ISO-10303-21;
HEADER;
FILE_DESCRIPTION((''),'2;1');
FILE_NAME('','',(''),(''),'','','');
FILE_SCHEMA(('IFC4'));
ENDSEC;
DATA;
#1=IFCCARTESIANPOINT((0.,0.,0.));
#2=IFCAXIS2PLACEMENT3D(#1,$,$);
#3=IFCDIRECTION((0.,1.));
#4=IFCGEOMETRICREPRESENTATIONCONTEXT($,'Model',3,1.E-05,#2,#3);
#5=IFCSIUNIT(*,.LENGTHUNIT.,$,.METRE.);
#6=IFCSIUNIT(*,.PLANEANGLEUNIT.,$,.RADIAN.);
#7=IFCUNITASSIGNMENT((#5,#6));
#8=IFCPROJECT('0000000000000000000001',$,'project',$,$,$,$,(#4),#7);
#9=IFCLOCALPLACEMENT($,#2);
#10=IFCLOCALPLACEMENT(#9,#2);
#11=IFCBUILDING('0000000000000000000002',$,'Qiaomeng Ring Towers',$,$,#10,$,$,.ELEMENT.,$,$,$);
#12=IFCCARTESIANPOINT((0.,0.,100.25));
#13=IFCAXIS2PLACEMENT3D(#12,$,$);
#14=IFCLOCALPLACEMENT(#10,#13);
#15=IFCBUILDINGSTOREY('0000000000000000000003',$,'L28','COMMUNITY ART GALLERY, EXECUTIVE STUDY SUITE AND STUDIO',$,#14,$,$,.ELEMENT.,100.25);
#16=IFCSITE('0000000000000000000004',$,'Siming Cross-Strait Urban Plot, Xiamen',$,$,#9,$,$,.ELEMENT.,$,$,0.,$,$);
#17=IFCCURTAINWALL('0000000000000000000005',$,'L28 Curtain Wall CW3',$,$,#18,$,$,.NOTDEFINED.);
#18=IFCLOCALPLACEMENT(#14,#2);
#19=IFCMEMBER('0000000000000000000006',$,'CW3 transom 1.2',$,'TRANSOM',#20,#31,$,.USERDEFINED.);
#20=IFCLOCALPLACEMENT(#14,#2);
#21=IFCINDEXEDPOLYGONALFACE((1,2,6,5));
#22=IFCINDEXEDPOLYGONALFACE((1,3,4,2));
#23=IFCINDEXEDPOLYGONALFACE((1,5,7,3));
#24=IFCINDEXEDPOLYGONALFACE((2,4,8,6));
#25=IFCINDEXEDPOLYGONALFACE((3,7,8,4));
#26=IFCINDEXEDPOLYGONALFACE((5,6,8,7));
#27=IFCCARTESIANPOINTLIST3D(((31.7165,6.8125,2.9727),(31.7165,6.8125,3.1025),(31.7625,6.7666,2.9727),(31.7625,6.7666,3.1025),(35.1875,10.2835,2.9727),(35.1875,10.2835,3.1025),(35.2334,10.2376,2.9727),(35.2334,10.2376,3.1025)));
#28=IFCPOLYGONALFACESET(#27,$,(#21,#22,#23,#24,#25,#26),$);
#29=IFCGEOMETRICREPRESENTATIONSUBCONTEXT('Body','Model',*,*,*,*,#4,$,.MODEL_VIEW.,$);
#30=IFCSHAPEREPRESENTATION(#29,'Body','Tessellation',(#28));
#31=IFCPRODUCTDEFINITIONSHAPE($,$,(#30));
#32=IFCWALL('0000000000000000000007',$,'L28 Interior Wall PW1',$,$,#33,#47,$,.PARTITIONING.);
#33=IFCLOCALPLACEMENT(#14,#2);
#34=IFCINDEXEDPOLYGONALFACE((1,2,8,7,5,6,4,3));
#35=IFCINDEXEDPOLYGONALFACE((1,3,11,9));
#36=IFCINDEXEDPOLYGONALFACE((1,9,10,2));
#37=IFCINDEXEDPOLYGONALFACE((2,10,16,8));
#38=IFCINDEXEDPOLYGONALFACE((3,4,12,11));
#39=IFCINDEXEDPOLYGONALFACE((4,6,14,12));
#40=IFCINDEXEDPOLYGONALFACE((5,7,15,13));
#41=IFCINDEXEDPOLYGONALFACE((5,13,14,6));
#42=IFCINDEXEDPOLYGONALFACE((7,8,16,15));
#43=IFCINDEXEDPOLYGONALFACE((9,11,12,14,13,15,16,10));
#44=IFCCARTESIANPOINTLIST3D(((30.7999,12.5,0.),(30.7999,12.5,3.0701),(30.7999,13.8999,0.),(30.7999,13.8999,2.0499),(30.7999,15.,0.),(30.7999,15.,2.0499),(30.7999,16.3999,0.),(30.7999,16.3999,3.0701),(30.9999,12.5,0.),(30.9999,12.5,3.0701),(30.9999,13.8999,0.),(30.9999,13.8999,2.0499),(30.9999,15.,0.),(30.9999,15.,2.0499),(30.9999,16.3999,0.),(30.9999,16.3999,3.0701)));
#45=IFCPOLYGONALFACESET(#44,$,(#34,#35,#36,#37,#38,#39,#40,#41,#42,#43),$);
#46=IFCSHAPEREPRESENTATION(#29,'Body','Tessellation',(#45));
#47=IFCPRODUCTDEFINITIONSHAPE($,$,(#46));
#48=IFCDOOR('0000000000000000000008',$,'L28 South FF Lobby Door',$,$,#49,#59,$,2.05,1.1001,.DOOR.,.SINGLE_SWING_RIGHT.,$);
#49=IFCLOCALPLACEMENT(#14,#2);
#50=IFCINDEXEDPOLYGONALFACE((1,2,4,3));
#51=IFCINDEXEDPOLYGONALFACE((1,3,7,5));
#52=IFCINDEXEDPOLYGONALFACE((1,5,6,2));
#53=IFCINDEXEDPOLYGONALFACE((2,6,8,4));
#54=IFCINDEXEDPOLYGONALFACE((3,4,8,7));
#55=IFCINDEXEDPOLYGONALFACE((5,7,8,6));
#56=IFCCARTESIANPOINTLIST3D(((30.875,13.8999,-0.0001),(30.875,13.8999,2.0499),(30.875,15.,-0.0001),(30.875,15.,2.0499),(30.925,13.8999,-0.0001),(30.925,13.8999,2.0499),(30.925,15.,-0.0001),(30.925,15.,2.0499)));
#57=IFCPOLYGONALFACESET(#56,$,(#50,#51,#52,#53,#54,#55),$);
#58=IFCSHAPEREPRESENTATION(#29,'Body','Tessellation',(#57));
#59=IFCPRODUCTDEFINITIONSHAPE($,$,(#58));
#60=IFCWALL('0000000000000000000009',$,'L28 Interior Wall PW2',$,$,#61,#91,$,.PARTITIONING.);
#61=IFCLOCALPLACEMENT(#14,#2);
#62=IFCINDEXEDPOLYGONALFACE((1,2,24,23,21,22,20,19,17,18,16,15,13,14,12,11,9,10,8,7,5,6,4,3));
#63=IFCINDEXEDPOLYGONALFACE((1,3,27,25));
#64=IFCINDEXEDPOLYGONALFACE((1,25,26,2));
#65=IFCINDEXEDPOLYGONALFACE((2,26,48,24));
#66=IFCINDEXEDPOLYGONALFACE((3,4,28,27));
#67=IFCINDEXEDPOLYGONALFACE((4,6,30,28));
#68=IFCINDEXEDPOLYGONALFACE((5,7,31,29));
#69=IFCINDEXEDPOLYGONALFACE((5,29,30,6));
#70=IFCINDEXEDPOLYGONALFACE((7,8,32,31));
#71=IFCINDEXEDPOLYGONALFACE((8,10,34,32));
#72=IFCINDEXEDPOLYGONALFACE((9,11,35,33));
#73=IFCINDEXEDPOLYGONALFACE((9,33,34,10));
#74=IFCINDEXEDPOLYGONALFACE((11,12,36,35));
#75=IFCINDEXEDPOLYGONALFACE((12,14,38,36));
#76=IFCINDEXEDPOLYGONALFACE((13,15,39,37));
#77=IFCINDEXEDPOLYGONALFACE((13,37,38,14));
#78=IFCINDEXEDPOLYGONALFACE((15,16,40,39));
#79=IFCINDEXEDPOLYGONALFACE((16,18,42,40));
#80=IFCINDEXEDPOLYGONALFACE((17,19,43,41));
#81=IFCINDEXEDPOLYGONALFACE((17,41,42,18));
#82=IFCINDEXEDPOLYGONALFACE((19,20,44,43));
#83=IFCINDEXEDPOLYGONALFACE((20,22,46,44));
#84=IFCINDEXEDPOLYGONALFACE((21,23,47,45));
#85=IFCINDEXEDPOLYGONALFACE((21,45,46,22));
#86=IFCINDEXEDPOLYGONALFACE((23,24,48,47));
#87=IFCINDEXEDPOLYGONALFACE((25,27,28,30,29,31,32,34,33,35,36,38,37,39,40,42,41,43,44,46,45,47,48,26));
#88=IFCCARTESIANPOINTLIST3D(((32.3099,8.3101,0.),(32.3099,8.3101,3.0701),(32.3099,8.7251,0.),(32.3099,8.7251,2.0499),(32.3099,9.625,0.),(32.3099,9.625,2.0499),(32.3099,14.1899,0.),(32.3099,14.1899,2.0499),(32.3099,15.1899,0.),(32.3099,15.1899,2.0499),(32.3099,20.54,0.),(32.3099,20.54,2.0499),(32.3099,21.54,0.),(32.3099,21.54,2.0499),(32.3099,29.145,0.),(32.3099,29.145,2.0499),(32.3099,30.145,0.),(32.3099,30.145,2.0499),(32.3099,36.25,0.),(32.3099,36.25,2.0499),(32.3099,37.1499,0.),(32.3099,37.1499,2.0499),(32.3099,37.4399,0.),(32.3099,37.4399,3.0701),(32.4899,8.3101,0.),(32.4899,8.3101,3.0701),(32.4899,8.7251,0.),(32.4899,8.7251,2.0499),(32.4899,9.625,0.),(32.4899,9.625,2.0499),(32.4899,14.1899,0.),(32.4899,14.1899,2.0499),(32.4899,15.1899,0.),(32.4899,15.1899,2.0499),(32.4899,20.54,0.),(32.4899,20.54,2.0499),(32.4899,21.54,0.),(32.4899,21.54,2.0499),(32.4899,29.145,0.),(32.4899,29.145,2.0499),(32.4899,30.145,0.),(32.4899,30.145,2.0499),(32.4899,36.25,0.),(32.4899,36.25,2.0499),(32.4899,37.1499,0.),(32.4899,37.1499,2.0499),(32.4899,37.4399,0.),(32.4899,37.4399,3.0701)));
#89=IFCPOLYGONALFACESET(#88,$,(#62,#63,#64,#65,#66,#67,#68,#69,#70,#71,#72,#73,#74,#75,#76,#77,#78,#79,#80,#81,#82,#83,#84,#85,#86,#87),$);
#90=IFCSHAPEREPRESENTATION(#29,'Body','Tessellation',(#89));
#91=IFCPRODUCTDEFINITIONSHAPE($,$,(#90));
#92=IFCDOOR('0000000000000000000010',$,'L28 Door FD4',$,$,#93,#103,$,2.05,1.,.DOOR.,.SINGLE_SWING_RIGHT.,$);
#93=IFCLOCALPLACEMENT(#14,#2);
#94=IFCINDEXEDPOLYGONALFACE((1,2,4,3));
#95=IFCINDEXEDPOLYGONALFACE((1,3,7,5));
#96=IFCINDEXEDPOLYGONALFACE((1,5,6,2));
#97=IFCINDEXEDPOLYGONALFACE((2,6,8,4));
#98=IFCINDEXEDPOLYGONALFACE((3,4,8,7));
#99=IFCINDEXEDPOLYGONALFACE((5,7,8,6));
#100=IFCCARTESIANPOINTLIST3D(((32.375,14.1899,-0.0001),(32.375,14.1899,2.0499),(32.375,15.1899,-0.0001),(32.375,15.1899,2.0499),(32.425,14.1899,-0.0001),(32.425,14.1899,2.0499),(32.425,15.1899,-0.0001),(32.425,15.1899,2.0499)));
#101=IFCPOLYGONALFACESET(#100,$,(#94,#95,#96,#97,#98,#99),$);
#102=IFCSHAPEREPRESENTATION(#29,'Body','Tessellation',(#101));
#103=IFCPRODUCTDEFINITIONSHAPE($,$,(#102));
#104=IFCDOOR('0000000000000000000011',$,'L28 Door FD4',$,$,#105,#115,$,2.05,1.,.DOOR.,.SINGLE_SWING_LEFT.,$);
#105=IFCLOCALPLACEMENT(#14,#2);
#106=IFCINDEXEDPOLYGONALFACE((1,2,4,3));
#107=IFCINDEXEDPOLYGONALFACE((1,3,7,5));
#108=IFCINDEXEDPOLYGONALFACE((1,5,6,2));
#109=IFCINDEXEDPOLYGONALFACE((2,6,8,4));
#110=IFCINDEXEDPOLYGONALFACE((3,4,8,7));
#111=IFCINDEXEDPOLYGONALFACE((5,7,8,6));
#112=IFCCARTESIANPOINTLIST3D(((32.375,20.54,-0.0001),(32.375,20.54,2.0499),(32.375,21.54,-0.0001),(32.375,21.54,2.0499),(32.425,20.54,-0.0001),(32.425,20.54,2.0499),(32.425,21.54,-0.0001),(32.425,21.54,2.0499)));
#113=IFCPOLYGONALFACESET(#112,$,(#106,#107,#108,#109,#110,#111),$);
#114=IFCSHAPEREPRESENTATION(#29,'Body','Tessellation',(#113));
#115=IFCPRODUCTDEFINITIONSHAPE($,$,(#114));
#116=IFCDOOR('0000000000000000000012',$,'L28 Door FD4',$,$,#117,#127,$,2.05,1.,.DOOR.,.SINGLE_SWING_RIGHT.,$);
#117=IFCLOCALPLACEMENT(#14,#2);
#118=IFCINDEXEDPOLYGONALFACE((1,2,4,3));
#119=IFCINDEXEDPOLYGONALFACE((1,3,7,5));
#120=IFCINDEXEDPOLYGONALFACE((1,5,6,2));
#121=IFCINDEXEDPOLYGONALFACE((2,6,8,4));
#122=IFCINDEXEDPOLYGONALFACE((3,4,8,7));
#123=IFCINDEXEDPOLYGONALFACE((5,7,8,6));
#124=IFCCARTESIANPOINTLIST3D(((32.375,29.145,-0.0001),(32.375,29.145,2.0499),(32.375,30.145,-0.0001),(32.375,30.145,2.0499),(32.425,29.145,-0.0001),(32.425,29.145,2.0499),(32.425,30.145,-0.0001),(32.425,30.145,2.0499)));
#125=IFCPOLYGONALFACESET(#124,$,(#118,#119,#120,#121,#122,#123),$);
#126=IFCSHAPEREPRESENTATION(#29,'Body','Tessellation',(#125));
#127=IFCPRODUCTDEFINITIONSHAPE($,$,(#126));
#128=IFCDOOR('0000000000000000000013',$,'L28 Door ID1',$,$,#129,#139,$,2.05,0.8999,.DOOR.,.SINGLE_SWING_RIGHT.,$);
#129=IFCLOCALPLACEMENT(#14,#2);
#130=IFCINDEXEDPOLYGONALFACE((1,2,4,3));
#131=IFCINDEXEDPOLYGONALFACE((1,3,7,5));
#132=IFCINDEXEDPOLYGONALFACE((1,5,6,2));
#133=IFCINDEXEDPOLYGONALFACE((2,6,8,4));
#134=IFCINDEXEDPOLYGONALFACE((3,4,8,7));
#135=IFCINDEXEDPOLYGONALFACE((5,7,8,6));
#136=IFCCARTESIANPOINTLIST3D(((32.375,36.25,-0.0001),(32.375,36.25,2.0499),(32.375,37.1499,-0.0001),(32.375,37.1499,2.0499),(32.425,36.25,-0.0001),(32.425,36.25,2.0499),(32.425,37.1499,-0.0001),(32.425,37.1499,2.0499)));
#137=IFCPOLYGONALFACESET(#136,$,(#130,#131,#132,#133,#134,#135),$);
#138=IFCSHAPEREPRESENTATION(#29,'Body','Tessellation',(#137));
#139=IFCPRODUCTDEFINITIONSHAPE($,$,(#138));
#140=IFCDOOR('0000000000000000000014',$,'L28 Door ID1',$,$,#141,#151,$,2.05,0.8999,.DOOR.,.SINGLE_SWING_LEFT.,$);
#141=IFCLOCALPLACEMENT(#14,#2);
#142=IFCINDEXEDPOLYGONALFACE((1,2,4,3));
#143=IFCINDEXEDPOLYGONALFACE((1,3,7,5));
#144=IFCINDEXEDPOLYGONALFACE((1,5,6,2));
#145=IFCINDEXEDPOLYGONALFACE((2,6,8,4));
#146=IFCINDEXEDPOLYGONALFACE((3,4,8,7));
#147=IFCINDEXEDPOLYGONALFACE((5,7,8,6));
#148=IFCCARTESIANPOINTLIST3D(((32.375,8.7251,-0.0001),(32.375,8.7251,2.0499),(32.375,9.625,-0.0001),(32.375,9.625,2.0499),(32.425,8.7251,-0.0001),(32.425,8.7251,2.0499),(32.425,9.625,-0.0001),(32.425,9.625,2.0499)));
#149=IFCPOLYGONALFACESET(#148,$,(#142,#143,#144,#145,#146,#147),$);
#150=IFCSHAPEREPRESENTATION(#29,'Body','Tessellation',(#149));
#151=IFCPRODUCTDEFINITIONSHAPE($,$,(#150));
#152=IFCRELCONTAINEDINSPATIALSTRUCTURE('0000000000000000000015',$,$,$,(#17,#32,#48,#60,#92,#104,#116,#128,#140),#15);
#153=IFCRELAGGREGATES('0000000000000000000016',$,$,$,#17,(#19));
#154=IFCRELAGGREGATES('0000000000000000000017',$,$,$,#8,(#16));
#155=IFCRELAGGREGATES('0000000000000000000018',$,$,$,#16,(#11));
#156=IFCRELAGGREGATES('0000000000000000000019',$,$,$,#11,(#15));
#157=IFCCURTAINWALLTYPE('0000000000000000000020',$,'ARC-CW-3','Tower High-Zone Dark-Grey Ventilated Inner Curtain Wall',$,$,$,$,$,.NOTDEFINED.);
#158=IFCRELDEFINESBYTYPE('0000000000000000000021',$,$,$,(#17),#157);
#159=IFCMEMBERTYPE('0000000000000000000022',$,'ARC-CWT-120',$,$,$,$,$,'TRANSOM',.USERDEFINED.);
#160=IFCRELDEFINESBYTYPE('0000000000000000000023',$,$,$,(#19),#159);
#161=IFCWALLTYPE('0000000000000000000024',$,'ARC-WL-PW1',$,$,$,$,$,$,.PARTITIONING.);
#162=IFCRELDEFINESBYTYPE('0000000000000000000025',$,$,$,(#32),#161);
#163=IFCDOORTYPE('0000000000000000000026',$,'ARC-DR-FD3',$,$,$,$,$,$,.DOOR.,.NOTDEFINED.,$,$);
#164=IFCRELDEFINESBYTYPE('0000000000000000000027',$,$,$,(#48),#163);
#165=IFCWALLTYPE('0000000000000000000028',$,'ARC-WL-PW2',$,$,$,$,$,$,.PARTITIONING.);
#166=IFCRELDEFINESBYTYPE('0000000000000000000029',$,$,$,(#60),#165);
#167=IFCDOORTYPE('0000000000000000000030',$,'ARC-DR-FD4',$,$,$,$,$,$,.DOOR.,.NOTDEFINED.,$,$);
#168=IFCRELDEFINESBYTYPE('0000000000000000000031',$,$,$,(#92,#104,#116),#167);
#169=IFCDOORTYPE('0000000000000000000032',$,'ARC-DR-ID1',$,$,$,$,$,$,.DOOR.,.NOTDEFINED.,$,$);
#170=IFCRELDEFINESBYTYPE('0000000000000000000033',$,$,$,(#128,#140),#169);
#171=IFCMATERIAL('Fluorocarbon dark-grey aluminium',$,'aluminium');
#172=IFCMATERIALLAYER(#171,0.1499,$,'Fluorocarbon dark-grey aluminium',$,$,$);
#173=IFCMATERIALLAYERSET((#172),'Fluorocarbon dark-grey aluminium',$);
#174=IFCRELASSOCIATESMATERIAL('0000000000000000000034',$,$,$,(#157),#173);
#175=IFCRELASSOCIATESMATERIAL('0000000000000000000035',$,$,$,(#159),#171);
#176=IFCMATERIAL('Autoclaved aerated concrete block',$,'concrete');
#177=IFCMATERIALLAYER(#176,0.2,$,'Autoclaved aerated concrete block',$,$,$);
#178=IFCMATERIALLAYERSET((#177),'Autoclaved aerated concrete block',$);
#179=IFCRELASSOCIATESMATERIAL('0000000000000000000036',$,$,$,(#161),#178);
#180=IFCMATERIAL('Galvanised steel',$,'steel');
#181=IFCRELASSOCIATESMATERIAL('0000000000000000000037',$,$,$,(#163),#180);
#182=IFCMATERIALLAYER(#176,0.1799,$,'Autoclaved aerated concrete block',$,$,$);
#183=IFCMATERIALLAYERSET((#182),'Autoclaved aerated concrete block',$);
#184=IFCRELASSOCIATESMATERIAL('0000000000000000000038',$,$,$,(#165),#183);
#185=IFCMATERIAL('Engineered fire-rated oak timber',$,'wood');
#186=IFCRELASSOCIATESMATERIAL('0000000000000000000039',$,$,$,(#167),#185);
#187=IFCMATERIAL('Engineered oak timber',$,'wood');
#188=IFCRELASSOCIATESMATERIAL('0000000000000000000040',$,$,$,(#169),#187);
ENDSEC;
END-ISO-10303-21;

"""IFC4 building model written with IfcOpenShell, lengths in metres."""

from ifc_helpers import new_model, si_unit, direction, frame, frame_2d, origin, origin_2d, place, context, subcontext, project, spatial, rectangle, extrude, source, transform, mapped, material, layer, layer_set, material_profile, profile_set, type_object, element, fill, aggregate, save


model = new_model("IFC4")

# Units and contexts
model_context = context("Model", 3, precision=1e-05, world=origin(), true_north=direction((0.0, 1.0)))
body_context = subcontext(model_context, "Body", "Model", "MODEL_VIEW")
ifc_project = project(units=[si_unit("LENGTHUNIT", "METRE"), si_unit("PLANEANGLEUNIT", "RADIAN")], contexts=[model_context])

# Site, building, storey
site_placement = place(None, origin())
site = spatial("IfcSite", under=ifc_project, at=site_placement, Name="Siming Cross-Strait Urban Plot, Xiamen", CompositionType="ELEMENT", RefElevation=0.0)
building_placement = place(site_placement, origin())
building = spatial("IfcBuilding", under=site, at=building_placement, Name="Qiaomeng Ring Towers", CompositionType="ELEMENT")
storey_placement = place(building_placement, frame((0.0, 0.0, 100.25)))
storey = spatial("IfcBuildingStorey", under=building, at=storey_placement, Name="L28", Description="COMMUNITY ART GALLERY, EXECUTIVE STUDY SUITE AND STUDIO", CompositionType="ELEMENT", Elevation=100.25)

# Curtain wall, member
ifc_material_1 = material(Name="Fluorocarbon dark-grey aluminium", Category="aluminium")
ifc_layer_1 = layer(ifc_material_1, 0.1499, Name="Fluorocarbon dark-grey aluminium")
ifc_layer_set_1 = layer_set([ifc_layer_1], Name="Fluorocarbon dark-grey aluminium")
curtain_wall_type = type_object("IfcCurtainWallType", Name="ARC-CW-3", Description="Tower High-Zone Dark-Grey Ventilated Inner Curtain Wall", PredefinedType="NOTDEFINED", material=ifc_layer_set_1)
curtain_wall_placement = place(storey_placement, origin())
curtain_wall = element("IfcCurtainWall", 1, at=curtain_wall_placement, inside=storey, type_object=curtain_wall_type, Name="L28 Curtain Wall CW3", PredefinedType="NOTDEFINED")
ifc_material_profile_1 = material_profile(ifc_material_1, rectangle(XDim=0.0649, YDim=0.1299, at=origin_2d()), Name="ALU TRAN 65x130")
ifc_profile_set_1 = profile_set([ifc_material_profile_1], Name="Fluorocarbon dark-grey aluminium")
member_type_1 = type_object("IfcMemberType", Name="ARC-CWT-120", ElementType="TRANSOM", PredefinedType="USERDEFINED", material=ifc_profile_set_1)
shared_shape_1 = source(origin(), body_context, "Body", "SweptSolid", [
    extrude(rectangle(XDim=0.0649, YDim=0.1299, at=origin_2d()), origin(), (0.0, 0.0, 1.0), 4.9087),
])
member_1_placement = place(storey_placement, frame((31.7395, 6.7896, 3.0376), z_axis=(0.707107, 0.707107, 0.0), x_axis=(-0.707107, 0.707107, 0.0)))
member_1 = element("IfcMember", 2, at=member_1_placement, type_object=member_type_1, Name="CW3 transom 1.2", ObjectType="TRANSOM", PredefinedType="USERDEFINED", context=body_context, shape_type="MappedRepresentation", body=[
    mapped(shared_shape_1, transform((0.0, 0.0, 0.0), x_axis=(1.0, 0.0, 0.0), y_axis=(0.0, 1.0, 0.0), z_axis=(0.0, 0.0, 1.0), scale=1.0)),
])
aggregate(curtain_wall, [member_1])

# Wall, opening, door
ifc_material_2 = material(Name="Autoclaved aerated concrete block", Category="concrete")
ifc_layer_2 = layer(ifc_material_2, 0.2, Name="Autoclaved aerated concrete block")
ifc_layer_set_2 = layer_set([ifc_layer_2], Name="Autoclaved aerated concrete block")
wall_type_1 = type_object("IfcWallType", Name="ARC-WL-PW1", PredefinedType="PARTITIONING", material=ifc_layer_set_2)
wall_1_placement = place(storey_placement, frame((30.8999, 12.5, 0.0), z_axis=(0.0, 0.0, 1.0), x_axis=(0.0, 1.0, 0.0)))
wall_1 = element("IfcWall", 3, at=wall_1_placement, inside=storey, type_object=wall_type_1, Name="L28 Interior Wall PW1", PredefinedType="PARTITIONING", context=body_context, shape_type="SweptSolid", body=[
    extrude(rectangle(XDim=3.8999, YDim=0.2, at=frame_2d((1.95, 0.0))), origin(), (0.0, 0.0, 1.0), 3.0701),
])
opening_1_placement = place(wall_1_placement, frame((1.3999, 0.0, 0.0)))
opening_1 = element("IfcOpeningElement", 4, at=opening_1_placement, cuts=wall_1, PredefinedType="OPENING", context=body_context, shape_type="SweptSolid", body=[
    extrude(rectangle(XDim=1.1001, YDim=2.05, at=frame_2d((0.55, 1.0249))), frame((0.0, 0.1099, 0.0), z_axis=(0.0, -1.0, 0.0), x_axis=(1.0, 0.0, 0.0)), (0.0, 0.0, 1.0), 0.22),
])
ifc_material_3 = material(Name="Galvanised steel", Category="steel")
door_type_1 = type_object("IfcDoorType", Name="ARC-DR-FD3", OperationType="NOTDEFINED", PredefinedType="DOOR", material=ifc_material_3)
shared_shape_2 = source(origin(), body_context, "Body", "SweptSolid", [
    extrude(rectangle(XDim=1.1001, YDim=2.05, at=frame_2d((0.55, 1.0249))), frame((0.0, 0.0249, 0.0), z_axis=(0.0, -1.0, 0.0), x_axis=(1.0, 0.0, 0.0)), (0.0, 0.0, 1.0), 0.05),
])
door_1_placement = place(opening_1_placement, origin())
door_1 = element("IfcDoor", 5, at=door_1_placement, inside=storey, type_object=door_type_1, Name="L28 South FF Lobby Door", OperationType="SINGLE_SWING_RIGHT", OverallHeight=2.05, OverallWidth=1.1001, PredefinedType="DOOR", context=body_context, shape_type="MappedRepresentation", body=[
    mapped(shared_shape_2, transform((0.0, 0.0, 0.0), x_axis=(1.0, 0.0, 0.0), y_axis=(0.0, 1.0, 0.0), z_axis=(0.0, 0.0, 1.0), scale=1.0)),
])
fill(opening_1, door_1)

# Wall, openings, doors
ifc_layer_3 = layer(ifc_material_2, 0.1799, Name="Autoclaved aerated concrete block")
ifc_layer_set_3 = layer_set([ifc_layer_3], Name="Autoclaved aerated concrete block")
wall_type_2 = type_object("IfcWallType", Name="ARC-WL-PW2", PredefinedType="PARTITIONING", material=ifc_layer_set_3)
wall_2_placement = place(storey_placement, frame((32.3999, 8.3101, 0.0), z_axis=(0.0, 0.0, 1.0), x_axis=(0.0, 1.0, 0.0)))
wall_2 = element("IfcWall", 6, at=wall_2_placement, inside=storey, type_object=wall_type_2, Name="L28 Interior Wall PW2", PredefinedType="PARTITIONING", context=body_context, shape_type="SweptSolid", body=[
    extrude(rectangle(XDim=29.1299, YDim=0.1799, at=frame_2d((14.5649, 0.0))), origin(), (0.0, 0.0, 1.0), 3.0701),
])
opening_2_placement = place(wall_2_placement, frame((27.9399, 0.0, 0.0)))
opening_2 = element("IfcOpeningElement", 7, at=opening_2_placement, cuts=wall_2, PredefinedType="OPENING", context=body_context, shape_type="SweptSolid", body=[
    extrude(rectangle(XDim=0.8999, YDim=2.05, at=frame_2d((0.45, 1.0249))), frame((0.0, 0.0999, 0.0), z_axis=(0.0, -1.0, 0.0), x_axis=(1.0, 0.0, 0.0)), (0.0, 0.0, 1.0), 0.2),
])
opening_3_placement = place(wall_2_placement, frame((0.415, 0.0, 0.0)))
opening_3 = element("IfcOpeningElement", 8, at=opening_3_placement, cuts=wall_2, PredefinedType="OPENING", context=body_context, shape_type="SweptSolid", body=[
    extrude(rectangle(XDim=0.8999, YDim=2.05, at=frame_2d((0.45, 1.0249))), frame((0.0, 0.0999, 0.0), z_axis=(0.0, -1.0, 0.0), x_axis=(1.0, 0.0, 0.0)), (0.0, 0.0, 1.0), 0.2),
])
opening_4_placement = place(wall_2_placement, frame((5.8799, 0.0, 0.0)))
opening_4 = element("IfcOpeningElement", 9, at=opening_4_placement, cuts=wall_2, PredefinedType="OPENING", context=body_context, shape_type="SweptSolid", body=[
    extrude(rectangle(XDim=1.0, YDim=2.05, at=frame_2d((0.5, 1.0249))), frame((0.0, 0.0999, 0.0), z_axis=(0.0, -1.0, 0.0), x_axis=(1.0, 0.0, 0.0)), (0.0, 0.0, 1.0), 0.2),
])
opening_5_placement = place(wall_2_placement, frame((12.23, 0.0, 0.0)))
opening_5 = element("IfcOpeningElement", 10, at=opening_5_placement, cuts=wall_2, PredefinedType="OPENING", context=body_context, shape_type="SweptSolid", body=[
    extrude(rectangle(XDim=1.0, YDim=2.05, at=frame_2d((0.5, 1.0249))), frame((0.0, 0.0999, 0.0), z_axis=(0.0, -1.0, 0.0), x_axis=(1.0, 0.0, 0.0)), (0.0, 0.0, 1.0), 0.2),
])
opening_6_placement = place(wall_2_placement, frame((20.835, 0.0, 0.0)))
opening_6 = element("IfcOpeningElement", 11, at=opening_6_placement, cuts=wall_2, PredefinedType="OPENING", context=body_context, shape_type="SweptSolid", body=[
    extrude(rectangle(XDim=1.0, YDim=2.05, at=frame_2d((0.5, 1.0249))), frame((0.0, 0.0999, 0.0), z_axis=(0.0, -1.0, 0.0), x_axis=(1.0, 0.0, 0.0)), (0.0, 0.0, 1.0), 0.2),
])
ifc_material_4 = material(Name="Engineered fire-rated oak timber", Category="wood")
door_type_2 = type_object("IfcDoorType", Name="ARC-DR-FD4", OperationType="NOTDEFINED", PredefinedType="DOOR", material=ifc_material_4)
shared_shape_3 = source(origin(), body_context, "Body", "SweptSolid", [
    extrude(rectangle(XDim=1.0, YDim=2.05, at=frame_2d((0.5, 1.0249))), frame((0.0, 0.0249, 0.0), z_axis=(0.0, -1.0, 0.0), x_axis=(1.0, 0.0, 0.0)), (0.0, 0.0, 1.0), 0.05),
])
door_2_placement = place(opening_4_placement, origin())
door_2 = element("IfcDoor", 12, at=door_2_placement, inside=storey, type_object=door_type_2, Name="L28 Door FD4", OperationType="SINGLE_SWING_RIGHT", OverallHeight=2.05, OverallWidth=1.0, PredefinedType="DOOR", context=body_context, shape_type="MappedRepresentation", body=[
    mapped(shared_shape_3, transform((0.0, 0.0, 0.0), x_axis=(1.0, 0.0, 0.0), y_axis=(0.0, 1.0, 0.0), z_axis=(0.0, 0.0, 1.0), scale=1.0)),
])
fill(opening_4, door_2)
door_3_placement = place(opening_5_placement, origin())
door_3 = element("IfcDoor", 13, at=door_3_placement, inside=storey, type_object=door_type_2, Name="L28 Door FD4", OperationType="SINGLE_SWING_LEFT", OverallHeight=2.05, OverallWidth=1.0, PredefinedType="DOOR", context=body_context, shape_type="MappedRepresentation", body=[
    mapped(shared_shape_3, transform((0.0, 0.0, 0.0), x_axis=(1.0, 0.0, 0.0), y_axis=(0.0, 1.0, 0.0), z_axis=(0.0, 0.0, 1.0), scale=1.0)),
])
fill(opening_5, door_3)
door_4_placement = place(opening_6_placement, origin())
door_4 = element("IfcDoor", 14, at=door_4_placement, inside=storey, type_object=door_type_2, Name="L28 Door FD4", OperationType="SINGLE_SWING_RIGHT", OverallHeight=2.05, OverallWidth=1.0, PredefinedType="DOOR", context=body_context, shape_type="MappedRepresentation", body=[
    mapped(shared_shape_3, transform((0.0, 0.0, 0.0), x_axis=(1.0, 0.0, 0.0), y_axis=(0.0, 1.0, 0.0), z_axis=(0.0, 0.0, 1.0), scale=1.0)),
])
fill(opening_6, door_4)
ifc_material_5 = material(Name="Engineered oak timber", Category="wood")
door_type_3 = type_object("IfcDoorType", Name="ARC-DR-ID1", OperationType="NOTDEFINED", PredefinedType="DOOR", material=ifc_material_5)
shared_shape_4 = source(origin(), body_context, "Body", "SweptSolid", [
    extrude(rectangle(XDim=0.8999, YDim=2.05, at=frame_2d((0.45, 1.0249))), frame((0.0, 0.0249, 0.0), z_axis=(0.0, -1.0, 0.0), x_axis=(1.0, 0.0, 0.0)), (0.0, 0.0, 1.0), 0.05),
])
door_5_placement = place(opening_2_placement, origin())
door_5 = element("IfcDoor", 15, at=door_5_placement, inside=storey, type_object=door_type_3, Name="L28 Door ID1", OperationType="SINGLE_SWING_RIGHT", OverallHeight=2.05, OverallWidth=0.8999, PredefinedType="DOOR", context=body_context, shape_type="MappedRepresentation", body=[
    mapped(shared_shape_4, transform((0.0, 0.0, 0.0), x_axis=(1.0, 0.0, 0.0), y_axis=(0.0, 1.0, 0.0), z_axis=(0.0, 0.0, 1.0), scale=1.0)),
])
fill(opening_2, door_5)
door_6_placement = place(opening_3_placement, origin())
door_6 = element("IfcDoor", 16, at=door_6_placement, inside=storey, type_object=door_type_3, Name="L28 Door ID1", OperationType="SINGLE_SWING_LEFT", OverallHeight=2.05, OverallWidth=0.8999, PredefinedType="DOOR", context=body_context, shape_type="MappedRepresentation", body=[
    mapped(shared_shape_4, transform((0.0, 0.0, 0.0), x_axis=(1.0, 0.0, 0.0), y_axis=(0.0, 1.0, 0.0), z_axis=(0.0, 0.0, 1.0), scale=1.0)),
])
fill(opening_3, door_6)

save(model, "model.ifc")
